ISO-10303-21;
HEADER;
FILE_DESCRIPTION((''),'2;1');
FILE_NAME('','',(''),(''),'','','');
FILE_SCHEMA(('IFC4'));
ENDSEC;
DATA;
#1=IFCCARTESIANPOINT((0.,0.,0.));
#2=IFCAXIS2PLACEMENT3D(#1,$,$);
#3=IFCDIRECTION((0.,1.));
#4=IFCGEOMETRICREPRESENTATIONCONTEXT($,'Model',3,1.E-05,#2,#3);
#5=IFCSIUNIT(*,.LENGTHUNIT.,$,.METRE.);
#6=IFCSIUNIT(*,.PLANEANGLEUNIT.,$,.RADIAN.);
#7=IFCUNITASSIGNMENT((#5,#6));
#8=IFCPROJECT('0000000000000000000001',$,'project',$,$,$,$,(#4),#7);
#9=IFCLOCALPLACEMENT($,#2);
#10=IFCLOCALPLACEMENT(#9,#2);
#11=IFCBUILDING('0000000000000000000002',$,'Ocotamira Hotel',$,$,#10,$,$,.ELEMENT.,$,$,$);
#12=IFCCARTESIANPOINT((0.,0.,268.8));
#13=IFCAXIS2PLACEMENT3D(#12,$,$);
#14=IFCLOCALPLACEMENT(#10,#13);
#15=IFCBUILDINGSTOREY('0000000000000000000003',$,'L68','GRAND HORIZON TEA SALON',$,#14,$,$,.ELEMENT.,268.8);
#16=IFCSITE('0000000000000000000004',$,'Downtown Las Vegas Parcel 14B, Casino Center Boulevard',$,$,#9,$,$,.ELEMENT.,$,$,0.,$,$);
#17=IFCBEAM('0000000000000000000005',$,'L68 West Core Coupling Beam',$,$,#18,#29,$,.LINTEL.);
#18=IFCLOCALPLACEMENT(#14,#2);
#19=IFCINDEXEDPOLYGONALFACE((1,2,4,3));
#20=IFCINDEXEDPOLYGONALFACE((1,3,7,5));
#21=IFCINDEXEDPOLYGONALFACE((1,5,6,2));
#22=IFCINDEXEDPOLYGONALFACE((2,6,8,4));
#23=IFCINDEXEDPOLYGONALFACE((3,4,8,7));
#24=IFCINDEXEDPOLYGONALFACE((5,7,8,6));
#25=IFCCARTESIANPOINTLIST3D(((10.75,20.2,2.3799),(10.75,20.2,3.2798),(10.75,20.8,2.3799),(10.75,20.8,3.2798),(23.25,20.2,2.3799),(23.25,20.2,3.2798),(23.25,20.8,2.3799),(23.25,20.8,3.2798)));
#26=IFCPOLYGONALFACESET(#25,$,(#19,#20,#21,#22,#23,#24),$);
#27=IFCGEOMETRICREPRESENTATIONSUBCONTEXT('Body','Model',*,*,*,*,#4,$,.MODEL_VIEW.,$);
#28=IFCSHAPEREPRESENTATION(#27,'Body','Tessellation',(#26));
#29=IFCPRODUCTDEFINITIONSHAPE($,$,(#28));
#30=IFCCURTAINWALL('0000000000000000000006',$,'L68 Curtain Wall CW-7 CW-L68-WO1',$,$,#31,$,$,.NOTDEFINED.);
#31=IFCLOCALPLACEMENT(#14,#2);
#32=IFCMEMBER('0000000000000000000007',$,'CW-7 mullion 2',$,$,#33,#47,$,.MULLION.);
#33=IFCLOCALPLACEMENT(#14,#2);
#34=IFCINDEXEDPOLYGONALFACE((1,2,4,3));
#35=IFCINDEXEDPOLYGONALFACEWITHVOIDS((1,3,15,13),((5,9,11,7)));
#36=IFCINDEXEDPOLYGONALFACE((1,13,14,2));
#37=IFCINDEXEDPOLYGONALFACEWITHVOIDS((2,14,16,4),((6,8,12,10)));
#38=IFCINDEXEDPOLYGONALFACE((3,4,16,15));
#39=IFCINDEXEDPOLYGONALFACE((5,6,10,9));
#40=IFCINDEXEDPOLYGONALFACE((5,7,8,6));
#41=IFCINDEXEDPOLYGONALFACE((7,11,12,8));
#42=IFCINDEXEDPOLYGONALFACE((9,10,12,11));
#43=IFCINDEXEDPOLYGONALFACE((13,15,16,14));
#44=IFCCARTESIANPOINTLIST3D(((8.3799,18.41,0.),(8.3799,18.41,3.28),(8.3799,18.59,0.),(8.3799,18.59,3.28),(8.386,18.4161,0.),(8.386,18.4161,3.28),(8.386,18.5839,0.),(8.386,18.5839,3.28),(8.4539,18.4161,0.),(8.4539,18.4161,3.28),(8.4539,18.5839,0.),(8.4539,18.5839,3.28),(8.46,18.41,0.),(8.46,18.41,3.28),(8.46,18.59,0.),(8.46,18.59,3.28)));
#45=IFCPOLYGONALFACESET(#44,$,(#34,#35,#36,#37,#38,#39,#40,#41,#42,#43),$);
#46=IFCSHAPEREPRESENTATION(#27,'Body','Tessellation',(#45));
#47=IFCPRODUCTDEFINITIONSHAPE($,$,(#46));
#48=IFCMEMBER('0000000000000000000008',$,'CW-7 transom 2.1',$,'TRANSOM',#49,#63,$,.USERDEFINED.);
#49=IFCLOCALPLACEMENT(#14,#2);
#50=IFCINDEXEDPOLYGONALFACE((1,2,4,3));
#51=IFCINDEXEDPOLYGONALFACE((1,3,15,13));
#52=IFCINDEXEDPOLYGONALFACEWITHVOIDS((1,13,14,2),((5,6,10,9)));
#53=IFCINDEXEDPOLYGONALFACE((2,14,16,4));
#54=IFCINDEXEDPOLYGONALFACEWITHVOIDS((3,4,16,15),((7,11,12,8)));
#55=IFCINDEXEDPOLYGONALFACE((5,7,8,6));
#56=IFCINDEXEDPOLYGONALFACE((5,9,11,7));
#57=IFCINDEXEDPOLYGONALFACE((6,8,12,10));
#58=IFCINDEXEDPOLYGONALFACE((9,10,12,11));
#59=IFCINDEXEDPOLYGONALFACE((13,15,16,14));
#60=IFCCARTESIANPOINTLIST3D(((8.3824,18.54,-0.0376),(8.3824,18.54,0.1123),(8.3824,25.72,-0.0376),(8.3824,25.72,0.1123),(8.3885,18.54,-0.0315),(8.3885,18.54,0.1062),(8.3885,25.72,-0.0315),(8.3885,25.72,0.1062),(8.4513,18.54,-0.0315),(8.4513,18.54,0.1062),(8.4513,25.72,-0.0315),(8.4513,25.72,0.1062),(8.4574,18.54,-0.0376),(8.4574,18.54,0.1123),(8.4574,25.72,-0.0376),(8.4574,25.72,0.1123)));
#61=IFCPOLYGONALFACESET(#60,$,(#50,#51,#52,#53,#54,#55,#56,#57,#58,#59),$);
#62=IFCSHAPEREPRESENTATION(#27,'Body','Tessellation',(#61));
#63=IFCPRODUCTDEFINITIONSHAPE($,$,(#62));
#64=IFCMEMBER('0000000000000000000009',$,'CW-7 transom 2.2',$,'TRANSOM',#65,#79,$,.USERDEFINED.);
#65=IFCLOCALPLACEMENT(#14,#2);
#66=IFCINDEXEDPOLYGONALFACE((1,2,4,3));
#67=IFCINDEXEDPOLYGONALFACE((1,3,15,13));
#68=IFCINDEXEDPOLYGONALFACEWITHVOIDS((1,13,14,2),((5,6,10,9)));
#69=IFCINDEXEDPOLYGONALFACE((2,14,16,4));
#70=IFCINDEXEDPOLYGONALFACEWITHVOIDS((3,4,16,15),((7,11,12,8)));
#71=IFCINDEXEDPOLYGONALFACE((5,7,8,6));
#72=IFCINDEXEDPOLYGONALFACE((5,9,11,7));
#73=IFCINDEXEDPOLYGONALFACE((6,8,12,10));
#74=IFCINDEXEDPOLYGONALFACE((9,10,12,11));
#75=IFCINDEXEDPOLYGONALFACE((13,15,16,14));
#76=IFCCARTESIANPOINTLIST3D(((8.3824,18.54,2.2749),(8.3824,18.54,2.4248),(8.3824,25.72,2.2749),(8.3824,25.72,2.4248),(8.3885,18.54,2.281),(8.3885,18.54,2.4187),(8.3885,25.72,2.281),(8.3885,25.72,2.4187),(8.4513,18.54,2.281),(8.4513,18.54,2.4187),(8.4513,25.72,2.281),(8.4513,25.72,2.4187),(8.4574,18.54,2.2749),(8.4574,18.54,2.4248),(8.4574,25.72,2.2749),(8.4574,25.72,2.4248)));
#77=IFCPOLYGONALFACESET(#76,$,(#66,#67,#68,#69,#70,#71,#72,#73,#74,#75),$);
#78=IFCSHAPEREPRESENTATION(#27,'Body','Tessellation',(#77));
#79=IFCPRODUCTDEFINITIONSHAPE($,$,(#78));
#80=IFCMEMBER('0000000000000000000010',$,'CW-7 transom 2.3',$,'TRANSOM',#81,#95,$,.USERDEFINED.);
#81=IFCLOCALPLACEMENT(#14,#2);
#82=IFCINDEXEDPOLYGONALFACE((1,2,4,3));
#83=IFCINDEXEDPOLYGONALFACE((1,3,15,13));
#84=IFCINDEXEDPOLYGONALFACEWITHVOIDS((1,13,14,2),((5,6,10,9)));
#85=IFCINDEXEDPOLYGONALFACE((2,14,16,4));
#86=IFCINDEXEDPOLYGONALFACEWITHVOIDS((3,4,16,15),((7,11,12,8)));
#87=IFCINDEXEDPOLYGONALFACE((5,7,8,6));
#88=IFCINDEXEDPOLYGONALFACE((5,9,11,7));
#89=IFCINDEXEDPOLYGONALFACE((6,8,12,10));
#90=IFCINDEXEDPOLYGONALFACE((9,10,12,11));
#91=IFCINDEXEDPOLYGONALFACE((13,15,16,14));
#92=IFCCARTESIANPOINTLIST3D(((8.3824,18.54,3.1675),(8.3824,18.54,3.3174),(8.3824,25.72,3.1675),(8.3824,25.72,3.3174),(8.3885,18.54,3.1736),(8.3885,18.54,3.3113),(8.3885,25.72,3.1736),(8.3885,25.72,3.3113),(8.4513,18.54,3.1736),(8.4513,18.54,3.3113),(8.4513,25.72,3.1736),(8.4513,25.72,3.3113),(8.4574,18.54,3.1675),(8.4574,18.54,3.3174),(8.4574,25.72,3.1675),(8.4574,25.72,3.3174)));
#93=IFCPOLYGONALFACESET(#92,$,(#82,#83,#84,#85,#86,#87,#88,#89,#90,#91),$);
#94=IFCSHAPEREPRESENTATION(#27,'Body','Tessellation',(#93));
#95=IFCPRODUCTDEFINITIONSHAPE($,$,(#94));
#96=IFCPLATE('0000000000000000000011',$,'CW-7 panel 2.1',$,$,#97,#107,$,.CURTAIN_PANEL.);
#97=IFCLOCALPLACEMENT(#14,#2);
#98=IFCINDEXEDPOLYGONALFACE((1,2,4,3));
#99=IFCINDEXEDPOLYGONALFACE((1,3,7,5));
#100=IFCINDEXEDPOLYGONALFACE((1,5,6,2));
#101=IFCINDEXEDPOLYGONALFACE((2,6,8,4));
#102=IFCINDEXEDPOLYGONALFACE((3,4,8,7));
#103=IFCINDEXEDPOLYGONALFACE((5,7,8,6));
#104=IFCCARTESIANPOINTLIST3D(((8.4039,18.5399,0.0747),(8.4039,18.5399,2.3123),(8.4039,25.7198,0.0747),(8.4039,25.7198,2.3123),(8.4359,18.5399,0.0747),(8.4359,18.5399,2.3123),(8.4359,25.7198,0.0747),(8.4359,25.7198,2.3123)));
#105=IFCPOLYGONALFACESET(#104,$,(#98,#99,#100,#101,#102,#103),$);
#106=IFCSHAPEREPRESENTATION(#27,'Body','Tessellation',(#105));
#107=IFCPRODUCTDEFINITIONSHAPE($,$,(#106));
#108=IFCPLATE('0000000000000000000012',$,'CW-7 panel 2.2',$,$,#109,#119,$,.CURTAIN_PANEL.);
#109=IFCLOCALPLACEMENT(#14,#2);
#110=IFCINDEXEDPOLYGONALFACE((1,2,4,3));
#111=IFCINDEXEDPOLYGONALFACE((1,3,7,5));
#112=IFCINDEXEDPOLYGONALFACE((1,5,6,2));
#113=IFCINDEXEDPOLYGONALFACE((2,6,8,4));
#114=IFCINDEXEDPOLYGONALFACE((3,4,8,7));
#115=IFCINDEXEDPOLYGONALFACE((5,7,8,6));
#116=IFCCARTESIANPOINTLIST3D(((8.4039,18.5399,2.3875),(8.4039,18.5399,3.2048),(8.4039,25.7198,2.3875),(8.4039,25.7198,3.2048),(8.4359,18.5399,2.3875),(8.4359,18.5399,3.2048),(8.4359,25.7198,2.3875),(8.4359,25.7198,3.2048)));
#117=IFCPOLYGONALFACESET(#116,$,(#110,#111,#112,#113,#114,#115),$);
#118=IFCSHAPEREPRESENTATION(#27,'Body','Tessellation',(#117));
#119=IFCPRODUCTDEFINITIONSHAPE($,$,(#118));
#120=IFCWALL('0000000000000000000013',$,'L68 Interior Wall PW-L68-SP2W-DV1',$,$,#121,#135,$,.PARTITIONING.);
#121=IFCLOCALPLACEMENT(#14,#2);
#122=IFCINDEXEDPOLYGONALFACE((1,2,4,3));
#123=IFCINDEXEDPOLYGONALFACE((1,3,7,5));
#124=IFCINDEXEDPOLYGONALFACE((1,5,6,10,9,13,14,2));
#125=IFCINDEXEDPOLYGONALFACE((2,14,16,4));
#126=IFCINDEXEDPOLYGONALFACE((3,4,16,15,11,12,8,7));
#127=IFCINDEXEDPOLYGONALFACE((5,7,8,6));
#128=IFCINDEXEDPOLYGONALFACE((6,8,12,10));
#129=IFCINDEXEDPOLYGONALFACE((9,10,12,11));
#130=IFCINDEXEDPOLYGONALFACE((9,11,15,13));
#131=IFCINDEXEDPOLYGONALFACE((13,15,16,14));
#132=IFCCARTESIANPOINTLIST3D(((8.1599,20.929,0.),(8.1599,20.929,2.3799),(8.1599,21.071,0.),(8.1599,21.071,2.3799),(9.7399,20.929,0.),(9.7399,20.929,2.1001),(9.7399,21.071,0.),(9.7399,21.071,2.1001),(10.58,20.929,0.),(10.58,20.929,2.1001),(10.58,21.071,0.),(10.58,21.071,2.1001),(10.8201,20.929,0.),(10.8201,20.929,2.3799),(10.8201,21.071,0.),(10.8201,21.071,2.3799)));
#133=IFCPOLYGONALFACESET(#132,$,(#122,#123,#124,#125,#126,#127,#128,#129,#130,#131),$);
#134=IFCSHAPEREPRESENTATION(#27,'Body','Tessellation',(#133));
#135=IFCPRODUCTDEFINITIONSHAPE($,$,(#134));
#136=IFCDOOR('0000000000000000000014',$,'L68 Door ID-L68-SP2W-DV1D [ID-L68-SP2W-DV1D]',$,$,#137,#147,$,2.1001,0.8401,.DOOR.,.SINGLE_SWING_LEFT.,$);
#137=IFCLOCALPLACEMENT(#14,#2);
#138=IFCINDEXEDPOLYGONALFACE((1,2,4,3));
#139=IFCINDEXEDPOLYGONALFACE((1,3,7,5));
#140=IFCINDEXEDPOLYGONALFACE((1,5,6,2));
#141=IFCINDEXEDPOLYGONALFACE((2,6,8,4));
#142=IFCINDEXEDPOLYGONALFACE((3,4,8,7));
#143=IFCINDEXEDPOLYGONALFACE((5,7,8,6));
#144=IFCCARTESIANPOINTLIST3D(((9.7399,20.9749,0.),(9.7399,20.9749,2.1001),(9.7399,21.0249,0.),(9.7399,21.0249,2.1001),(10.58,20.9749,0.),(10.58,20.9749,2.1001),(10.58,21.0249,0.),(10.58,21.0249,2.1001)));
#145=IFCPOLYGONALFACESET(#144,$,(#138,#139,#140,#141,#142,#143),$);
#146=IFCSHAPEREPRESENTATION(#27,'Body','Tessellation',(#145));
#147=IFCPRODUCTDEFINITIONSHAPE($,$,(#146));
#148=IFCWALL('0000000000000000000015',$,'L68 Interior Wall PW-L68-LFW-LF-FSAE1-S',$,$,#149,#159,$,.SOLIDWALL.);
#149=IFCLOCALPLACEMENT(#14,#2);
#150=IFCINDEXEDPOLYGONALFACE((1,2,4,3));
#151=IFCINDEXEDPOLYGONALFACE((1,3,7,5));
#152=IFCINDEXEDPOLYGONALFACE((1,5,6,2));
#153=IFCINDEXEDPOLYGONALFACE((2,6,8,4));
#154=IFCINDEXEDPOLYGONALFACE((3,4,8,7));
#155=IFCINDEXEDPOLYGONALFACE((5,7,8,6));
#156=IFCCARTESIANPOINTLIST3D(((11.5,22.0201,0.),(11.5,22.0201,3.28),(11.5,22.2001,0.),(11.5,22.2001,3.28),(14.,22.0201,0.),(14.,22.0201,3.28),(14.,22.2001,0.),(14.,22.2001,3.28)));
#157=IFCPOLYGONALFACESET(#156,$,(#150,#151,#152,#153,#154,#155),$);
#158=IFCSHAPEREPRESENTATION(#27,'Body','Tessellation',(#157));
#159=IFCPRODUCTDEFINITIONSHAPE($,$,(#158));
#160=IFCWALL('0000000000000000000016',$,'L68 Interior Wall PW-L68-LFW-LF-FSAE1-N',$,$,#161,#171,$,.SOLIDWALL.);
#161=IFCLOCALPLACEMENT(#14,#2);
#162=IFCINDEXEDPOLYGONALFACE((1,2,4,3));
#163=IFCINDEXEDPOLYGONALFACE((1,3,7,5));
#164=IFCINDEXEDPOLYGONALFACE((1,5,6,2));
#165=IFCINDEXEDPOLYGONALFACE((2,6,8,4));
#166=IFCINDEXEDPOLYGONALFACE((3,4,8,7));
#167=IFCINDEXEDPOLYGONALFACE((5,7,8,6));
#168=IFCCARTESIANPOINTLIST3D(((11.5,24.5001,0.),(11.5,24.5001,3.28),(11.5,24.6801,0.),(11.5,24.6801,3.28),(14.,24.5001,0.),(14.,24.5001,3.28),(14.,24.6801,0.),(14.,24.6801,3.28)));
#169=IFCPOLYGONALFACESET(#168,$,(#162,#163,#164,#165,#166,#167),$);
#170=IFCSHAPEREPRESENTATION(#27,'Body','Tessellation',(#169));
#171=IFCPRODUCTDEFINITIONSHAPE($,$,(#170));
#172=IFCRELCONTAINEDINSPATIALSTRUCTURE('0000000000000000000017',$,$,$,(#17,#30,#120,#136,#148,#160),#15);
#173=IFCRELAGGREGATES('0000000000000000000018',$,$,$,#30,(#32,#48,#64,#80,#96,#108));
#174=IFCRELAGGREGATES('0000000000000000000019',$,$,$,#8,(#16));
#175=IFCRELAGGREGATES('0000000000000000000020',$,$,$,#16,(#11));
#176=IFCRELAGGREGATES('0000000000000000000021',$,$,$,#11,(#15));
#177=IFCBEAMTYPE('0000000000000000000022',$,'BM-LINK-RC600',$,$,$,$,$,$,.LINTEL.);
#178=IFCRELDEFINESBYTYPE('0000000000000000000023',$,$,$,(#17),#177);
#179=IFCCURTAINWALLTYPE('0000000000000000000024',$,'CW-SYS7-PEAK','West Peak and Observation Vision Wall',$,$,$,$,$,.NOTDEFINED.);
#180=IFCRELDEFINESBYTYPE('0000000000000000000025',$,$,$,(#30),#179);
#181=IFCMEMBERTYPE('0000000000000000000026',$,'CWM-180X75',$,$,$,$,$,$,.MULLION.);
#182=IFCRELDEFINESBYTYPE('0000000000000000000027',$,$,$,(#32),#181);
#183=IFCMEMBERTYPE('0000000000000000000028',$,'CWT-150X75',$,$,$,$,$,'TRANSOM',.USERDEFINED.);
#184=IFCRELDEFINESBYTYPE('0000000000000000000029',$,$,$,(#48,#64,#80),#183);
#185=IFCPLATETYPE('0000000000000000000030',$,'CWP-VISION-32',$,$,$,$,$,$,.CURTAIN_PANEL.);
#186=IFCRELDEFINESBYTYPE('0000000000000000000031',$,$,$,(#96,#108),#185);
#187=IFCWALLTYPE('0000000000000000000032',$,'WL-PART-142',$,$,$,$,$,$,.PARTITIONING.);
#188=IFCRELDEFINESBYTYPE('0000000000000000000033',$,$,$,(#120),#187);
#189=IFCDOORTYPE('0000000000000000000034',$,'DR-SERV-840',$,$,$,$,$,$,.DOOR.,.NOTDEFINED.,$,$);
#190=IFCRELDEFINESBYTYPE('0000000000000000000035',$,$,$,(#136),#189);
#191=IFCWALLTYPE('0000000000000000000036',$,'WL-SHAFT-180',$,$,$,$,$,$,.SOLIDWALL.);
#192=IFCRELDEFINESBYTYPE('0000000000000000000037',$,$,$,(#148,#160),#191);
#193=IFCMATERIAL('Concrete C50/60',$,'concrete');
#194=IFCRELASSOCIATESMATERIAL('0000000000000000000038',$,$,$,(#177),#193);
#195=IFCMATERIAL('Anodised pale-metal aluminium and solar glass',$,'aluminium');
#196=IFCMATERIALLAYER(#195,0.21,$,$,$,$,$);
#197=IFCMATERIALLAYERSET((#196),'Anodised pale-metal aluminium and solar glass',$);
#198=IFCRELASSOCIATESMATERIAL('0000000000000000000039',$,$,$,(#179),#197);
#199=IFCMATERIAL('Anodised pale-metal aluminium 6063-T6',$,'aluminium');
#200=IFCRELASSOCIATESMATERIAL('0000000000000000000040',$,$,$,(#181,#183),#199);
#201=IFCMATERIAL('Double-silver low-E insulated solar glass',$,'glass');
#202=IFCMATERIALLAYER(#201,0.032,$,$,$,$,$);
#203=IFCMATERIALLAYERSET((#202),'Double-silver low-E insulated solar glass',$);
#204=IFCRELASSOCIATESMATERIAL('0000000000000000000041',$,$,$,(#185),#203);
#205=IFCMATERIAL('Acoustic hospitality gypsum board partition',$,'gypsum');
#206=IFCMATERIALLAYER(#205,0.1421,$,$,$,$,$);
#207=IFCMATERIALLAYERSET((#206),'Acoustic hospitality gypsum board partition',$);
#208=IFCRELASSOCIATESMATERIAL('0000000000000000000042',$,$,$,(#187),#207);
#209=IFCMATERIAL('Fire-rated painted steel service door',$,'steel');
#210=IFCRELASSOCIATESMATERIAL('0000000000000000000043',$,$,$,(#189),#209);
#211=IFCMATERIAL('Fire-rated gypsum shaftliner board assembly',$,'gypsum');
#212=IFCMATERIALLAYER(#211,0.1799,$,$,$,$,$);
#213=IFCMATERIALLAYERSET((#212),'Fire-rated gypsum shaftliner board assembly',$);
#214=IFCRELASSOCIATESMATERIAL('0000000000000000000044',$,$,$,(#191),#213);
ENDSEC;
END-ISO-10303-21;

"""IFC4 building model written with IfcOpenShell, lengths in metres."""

from ifc_helpers import new_model, si_unit, direction, frame, frame_2d, origin, origin_2d, place, context, subcontext, project, spatial, rectangle, hollow_rectangle, extrude, source, transform, mapped, material, layer, layer_set, material_profile, profile_set, type_object, element, fill, aggregate, save


model = new_model("IFC4")

# Units and contexts
model_context = context("Model", 3, precision=1e-05, world=origin(), true_north=direction((0.0, 1.0)))
body_context = subcontext(model_context, "Body", "Model", "MODEL_VIEW")
ifc_project = project(units=[si_unit("LENGTHUNIT", "METRE"), si_unit("PLANEANGLEUNIT", "RADIAN")], contexts=[model_context])

# Site, building, storey
site_placement = place(None, origin())
site = spatial("IfcSite", under=ifc_project, at=site_placement, Name="Downtown Las Vegas Parcel 14B, Casino Center Boulevard", CompositionType="ELEMENT", RefElevation=0.0)
building_placement = place(site_placement, origin())
building = spatial("IfcBuilding", under=site, at=building_placement, Name="Ocotamira Hotel", CompositionType="ELEMENT")
storey_placement = place(building_placement, frame((0.0, 0.0, 268.8)))
storey = spatial("IfcBuildingStorey", under=building, at=storey_placement, Name="L68", Description="GRAND HORIZON TEA SALON", CompositionType="ELEMENT", Elevation=268.8)

# Beam
ifc_material_1 = material(Name="Concrete C50/60", Category="concrete")
ifc_material_profile_1 = material_profile(ifc_material_1, rectangle(XDim=0.6001, YDim=0.8999, at=origin_2d()), Name="RC600X900")
ifc_profile_set_1 = profile_set([ifc_material_profile_1], Name="Concrete C50/60")
beam_type = type_object("IfcBeamType", Name="BM-LINK-RC600", PredefinedType="LINTEL", material=ifc_profile_set_1)
shared_shape_1 = source(origin(), body_context, "Body", "SweptSolid", [
    extrude(rectangle(XDim=0.6001, YDim=0.8999, at=origin_2d()), origin(), (0.0, 0.0, 1.0), 12.5),
])
beam_placement = place(storey_placement, frame((10.75, 20.5, 2.8298), z_axis=(1.0, 0.0, 0.0), x_axis=(0.0, 1.0, 0.0)))
element("IfcBeam", 1, at=beam_placement, inside=storey, type_object=beam_type, Name="L68 West Core Coupling Beam", PredefinedType="LINTEL", context=body_context, shape_type="MappedRepresentation", body=[
    mapped(shared_shape_1, transform((0.0, 0.0, 0.0), scale=1.0)),
])

# Curtain wall, members, plates
ifc_material_2 = material(Name="Anodised pale-metal aluminium and solar glass", Category="aluminium")
ifc_layer_1 = layer(ifc_material_2, 0.21)
ifc_layer_set_1 = layer_set([ifc_layer_1], Name="Anodised pale-metal aluminium and solar glass")
curtain_wall_type = type_object("IfcCurtainWallType", Name="CW-SYS7-PEAK", Description="West Peak and Observation Vision Wall", PredefinedType="NOTDEFINED", material=ifc_layer_set_1)
curtain_wall_placement = place(storey_placement, origin())
curtain_wall = element("IfcCurtainWall", 2, at=curtain_wall_placement, inside=storey, type_object=curtain_wall_type, Name="L68 Curtain Wall CW-7 CW-L68-WO1", PredefinedType="NOTDEFINED")
ifc_material_3 = material(Name="Anodised pale-metal aluminium 6063-T6", Category="aluminium")
ifc_material_profile_2 = material_profile(ifc_material_3, hollow_rectangle(XDim=0.0801, YDim=0.1799, WallThickness=0.0061, at=origin_2d()), Name="HSS180X80X6")
ifc_profile_set_2 = profile_set([ifc_material_profile_2], Name="Anodised pale-metal aluminium 6063-T6")
member_type_1 = type_object("IfcMemberType", Name="CWM-180X75", PredefinedType="MULLION", material=ifc_profile_set_2)
shared_shape_2 = source(origin(), body_context, "Body", "SweptSolid", [
    extrude(hollow_rectangle(XDim=0.0801, YDim=0.1799, WallThickness=0.0061, at=origin_2d()), origin(), (0.0, 0.0, 1.0), 3.28),
])
member_1_placement = place(storey_placement, frame((8.4199, 18.5, 0.0), z_axis=(0.0, 0.0, 1.0), x_axis=(-1.0, 0.0, 0.0)))
member_1 = element("IfcMember", 3, at=member_1_placement, type_object=member_type_1, Name="CW-7 mullion 2", PredefinedType="MULLION", context=body_context, shape_type="MappedRepresentation", body=[
    mapped(shared_shape_2, transform((0.0, 0.0, 0.0), scale=1.0)),
])
ifc_material_profile_3 = material_profile(ifc_material_3, hollow_rectangle(XDim=0.075, YDim=0.1499, WallThickness=0.0061, at=origin_2d()), Name="HSS150X75X6")
ifc_profile_set_3 = profile_set([ifc_material_profile_3], Name="Anodised pale-metal aluminium 6063-T6")
member_type_2 = type_object("IfcMemberType", Name="CWT-150X75", ElementType="TRANSOM", PredefinedType="USERDEFINED", material=ifc_profile_set_3)
shared_shape_3 = source(origin(), body_context, "Body", "SweptSolid", [
    extrude(hollow_rectangle(XDim=0.075, YDim=0.1499, WallThickness=0.0061, at=origin_2d()), origin(), (0.0, 0.0, 1.0), 7.1799),
])
member_2_placement = place(storey_placement, frame((8.4199, 18.54, 0.0374), z_axis=(0.0, 1.0, 0.0), x_axis=(-1.0, 0.0, 0.0)))
member_2 = element("IfcMember", 4, at=member_2_placement, type_object=member_type_2, Name="CW-7 transom 2.1", ObjectType="TRANSOM", PredefinedType="USERDEFINED", context=body_context, shape_type="MappedRepresentation", body=[
    mapped(shared_shape_3, transform((0.0, 0.0, 0.0), scale=1.0)),
])
member_3_placement = place(storey_placement, frame((8.4199, 18.54, 2.3499), z_axis=(0.0, 1.0, 0.0), x_axis=(-1.0, 0.0, 0.0)))
member_3 = element("IfcMember", 5, at=member_3_placement, type_object=member_type_2, Name="CW-7 transom 2.2", ObjectType="TRANSOM", PredefinedType="USERDEFINED", context=body_context, shape_type="MappedRepresentation", body=[
    mapped(shared_shape_3, transform((0.0, 0.0, 0.0), scale=1.0)),
])
member_4_placement = place(storey_placement, frame((8.4199, 18.54, 3.2424), z_axis=(0.0, 1.0, 0.0), x_axis=(-1.0, 0.0, 0.0)))
member_4 = element("IfcMember", 6, at=member_4_placement, type_object=member_type_2, Name="CW-7 transom 2.3", ObjectType="TRANSOM", PredefinedType="USERDEFINED", context=body_context, shape_type="MappedRepresentation", body=[
    mapped(shared_shape_3, transform((0.0, 0.0, 0.0), scale=1.0)),
])
ifc_material_4 = material(Name="Double-silver low-E insulated solar glass", Category="glass")
ifc_layer_2 = layer(ifc_material_4, 0.032)
ifc_layer_set_2 = layer_set([ifc_layer_2], Name="Double-silver low-E insulated solar glass")
plate_type = type_object("IfcPlateType", Name="CWP-VISION-32", PredefinedType="CURTAIN_PANEL", material=ifc_layer_set_2)
shared_shape_4 = source(origin(), body_context, "Body", "SweptSolid", [
    extrude(rectangle(XDim=7.1799, YDim=0.032, at=origin_2d()), origin(), (0.0, 0.0, 1.0), 2.2375),
])
plate_1_placement = place(storey_placement, frame((8.4199, 22.1299, 0.0747), z_axis=(0.0, 0.0, 1.0), x_axis=(0.0, 1.0, 0.0)))
plate_1 = element("IfcPlate", 7, at=plate_1_placement, type_object=plate_type, Name="CW-7 panel 2.1", PredefinedType="CURTAIN_PANEL", context=body_context, shape_type="MappedRepresentation", body=[
    mapped(shared_shape_4, transform((0.0, 0.0, 0.0), scale=1.0)),
])
shared_shape_5 = source(origin(), body_context, "Body", "SweptSolid", [
    extrude(rectangle(XDim=7.1799, YDim=0.032, at=origin_2d()), origin(), (0.0, 0.0, 1.0), 0.8174),
])
plate_2_placement = place(storey_placement, frame((8.4199, 22.1299, 2.3875), z_axis=(0.0, 0.0, 1.0), x_axis=(0.0, 1.0, 0.0)))
plate_2 = element("IfcPlate", 8, at=plate_2_placement, type_object=plate_type, Name="CW-7 panel 2.2", PredefinedType="CURTAIN_PANEL", context=body_context, shape_type="MappedRepresentation", body=[
    mapped(shared_shape_5, transform((0.0, 0.0, 0.0), scale=1.0)),
])
aggregate(curtain_wall, [member_1, member_2, member_3, member_4, plate_1, plate_2])

# Wall, opening, door
ifc_material_5 = material(Name="Acoustic hospitality gypsum board partition", Category="gypsum")
ifc_layer_3 = layer(ifc_material_5, 0.1421)
ifc_layer_set_3 = layer_set([ifc_layer_3], Name="Acoustic hospitality gypsum board partition")
wall_type_1 = type_object("IfcWallType", Name="WL-PART-142", PredefinedType="PARTITIONING", material=ifc_layer_set_3)
wall_1_placement = place(storey_placement, frame((8.1599, 21.0, 0.0), z_axis=(0.0, 0.0, 1.0), x_axis=(1.0, 0.0, 0.0)))
wall_1 = element("IfcWall", 9, at=wall_1_placement, inside=storey, type_object=wall_type_1, Name="L68 Interior Wall PW-L68-SP2W-DV1", PredefinedType="PARTITIONING", context=body_context, shape_type="SweptSolid", body=[
    extrude(rectangle(XDim=2.6602, YDim=0.1421, at=frame_2d((1.3301, 0.0))), origin(), (0.0, 0.0, 1.0), 2.3799),
])
opening_1_placement = place(wall_1_placement, frame((1.5801, 0.0, 0.0)))
opening_1 = element("IfcOpeningElement", 10, at=opening_1_placement, cuts=wall_1, PredefinedType="OPENING", context=body_context, shape_type="SweptSolid", body=[
    extrude(rectangle(XDim=0.8401, YDim=2.1001, at=frame_2d((0.4199, 1.05))), frame((0.0, 0.0811, 0.0), z_axis=(0.0, -1.0, 0.0), x_axis=(1.0, 0.0, 0.0)), (0.0, 0.0, 1.0), 0.1621),
])
ifc_material_6 = material(Name="Fire-rated painted steel service door", Category="steel")
door_type_1 = type_object("IfcDoorType", Name="DR-SERV-840", OperationType="NOTDEFINED", PredefinedType="DOOR", material=ifc_material_6)
shared_shape_6 = source(origin(), body_context, "Body", "SweptSolid", [
    extrude(rectangle(XDim=0.8401, YDim=2.1001, at=frame_2d((0.4199, 1.05))), frame((0.0, 0.0249, 0.0), z_axis=(0.0, -1.0, 0.0), x_axis=(1.0, 0.0, 0.0)), (0.0, 0.0, 1.0), 0.05),
])
door_1_placement = place(opening_1_placement, origin())
door_1 = element("IfcDoor", 11, at=door_1_placement, inside=storey, type_object=door_type_1, Name="L68 Door ID-L68-SP2W-DV1D [ID-L68-SP2W-DV1D]", OperationType="SINGLE_SWING_LEFT", OverallHeight=2.1001, OverallWidth=0.8401, PredefinedType="DOOR", context=body_context, shape_type="MappedRepresentation", body=[
    mapped(shared_shape_6, transform((0.0, 0.0, 0.0), scale=1.0)),
])
fill(opening_1, door_1)

# Walls
ifc_material_7 = material(Name="Fire-rated gypsum shaftliner board assembly", Category="gypsum")
ifc_layer_4 = layer(ifc_material_7, 0.1799)
ifc_layer_set_4 = layer_set([ifc_layer_4], Name="Fire-rated gypsum shaftliner board assembly")
wall_type_2 = type_object("IfcWallType", Name="WL-SHAFT-180", PredefinedType="SOLIDWALL", material=ifc_layer_set_4)
for number, where, z_axis, x_axis, name in (
    (12, (11.5, 22.1101, 0.0), (0.0, 0.0, 1.0), (1.0, 0.0, 0.0), "L68 Interior Wall PW-L68-LFW-LF-FSAE1-S"),
    (13, (11.5, 24.5901, 0.0), (0.0, 0.0, 1.0), (1.0, 0.0, 0.0), "L68 Interior Wall PW-L68-LFW-LF-FSAE1-N"),
):
    element("IfcWall", number, at=place(storey_placement, frame(where, z_axis=z_axis, x_axis=x_axis)), inside=storey, type_object=wall_type_2, Name=name, PredefinedType="SOLIDWALL", context=body_context, shape_type="SweptSolid", body=[
        extrude(rectangle(XDim=2.5, YDim=0.1799, at=frame_2d((1.25, 0.0))), origin(), (0.0, 0.0, 1.0), 3.28),
    ])

save(model, "model.ifc")
